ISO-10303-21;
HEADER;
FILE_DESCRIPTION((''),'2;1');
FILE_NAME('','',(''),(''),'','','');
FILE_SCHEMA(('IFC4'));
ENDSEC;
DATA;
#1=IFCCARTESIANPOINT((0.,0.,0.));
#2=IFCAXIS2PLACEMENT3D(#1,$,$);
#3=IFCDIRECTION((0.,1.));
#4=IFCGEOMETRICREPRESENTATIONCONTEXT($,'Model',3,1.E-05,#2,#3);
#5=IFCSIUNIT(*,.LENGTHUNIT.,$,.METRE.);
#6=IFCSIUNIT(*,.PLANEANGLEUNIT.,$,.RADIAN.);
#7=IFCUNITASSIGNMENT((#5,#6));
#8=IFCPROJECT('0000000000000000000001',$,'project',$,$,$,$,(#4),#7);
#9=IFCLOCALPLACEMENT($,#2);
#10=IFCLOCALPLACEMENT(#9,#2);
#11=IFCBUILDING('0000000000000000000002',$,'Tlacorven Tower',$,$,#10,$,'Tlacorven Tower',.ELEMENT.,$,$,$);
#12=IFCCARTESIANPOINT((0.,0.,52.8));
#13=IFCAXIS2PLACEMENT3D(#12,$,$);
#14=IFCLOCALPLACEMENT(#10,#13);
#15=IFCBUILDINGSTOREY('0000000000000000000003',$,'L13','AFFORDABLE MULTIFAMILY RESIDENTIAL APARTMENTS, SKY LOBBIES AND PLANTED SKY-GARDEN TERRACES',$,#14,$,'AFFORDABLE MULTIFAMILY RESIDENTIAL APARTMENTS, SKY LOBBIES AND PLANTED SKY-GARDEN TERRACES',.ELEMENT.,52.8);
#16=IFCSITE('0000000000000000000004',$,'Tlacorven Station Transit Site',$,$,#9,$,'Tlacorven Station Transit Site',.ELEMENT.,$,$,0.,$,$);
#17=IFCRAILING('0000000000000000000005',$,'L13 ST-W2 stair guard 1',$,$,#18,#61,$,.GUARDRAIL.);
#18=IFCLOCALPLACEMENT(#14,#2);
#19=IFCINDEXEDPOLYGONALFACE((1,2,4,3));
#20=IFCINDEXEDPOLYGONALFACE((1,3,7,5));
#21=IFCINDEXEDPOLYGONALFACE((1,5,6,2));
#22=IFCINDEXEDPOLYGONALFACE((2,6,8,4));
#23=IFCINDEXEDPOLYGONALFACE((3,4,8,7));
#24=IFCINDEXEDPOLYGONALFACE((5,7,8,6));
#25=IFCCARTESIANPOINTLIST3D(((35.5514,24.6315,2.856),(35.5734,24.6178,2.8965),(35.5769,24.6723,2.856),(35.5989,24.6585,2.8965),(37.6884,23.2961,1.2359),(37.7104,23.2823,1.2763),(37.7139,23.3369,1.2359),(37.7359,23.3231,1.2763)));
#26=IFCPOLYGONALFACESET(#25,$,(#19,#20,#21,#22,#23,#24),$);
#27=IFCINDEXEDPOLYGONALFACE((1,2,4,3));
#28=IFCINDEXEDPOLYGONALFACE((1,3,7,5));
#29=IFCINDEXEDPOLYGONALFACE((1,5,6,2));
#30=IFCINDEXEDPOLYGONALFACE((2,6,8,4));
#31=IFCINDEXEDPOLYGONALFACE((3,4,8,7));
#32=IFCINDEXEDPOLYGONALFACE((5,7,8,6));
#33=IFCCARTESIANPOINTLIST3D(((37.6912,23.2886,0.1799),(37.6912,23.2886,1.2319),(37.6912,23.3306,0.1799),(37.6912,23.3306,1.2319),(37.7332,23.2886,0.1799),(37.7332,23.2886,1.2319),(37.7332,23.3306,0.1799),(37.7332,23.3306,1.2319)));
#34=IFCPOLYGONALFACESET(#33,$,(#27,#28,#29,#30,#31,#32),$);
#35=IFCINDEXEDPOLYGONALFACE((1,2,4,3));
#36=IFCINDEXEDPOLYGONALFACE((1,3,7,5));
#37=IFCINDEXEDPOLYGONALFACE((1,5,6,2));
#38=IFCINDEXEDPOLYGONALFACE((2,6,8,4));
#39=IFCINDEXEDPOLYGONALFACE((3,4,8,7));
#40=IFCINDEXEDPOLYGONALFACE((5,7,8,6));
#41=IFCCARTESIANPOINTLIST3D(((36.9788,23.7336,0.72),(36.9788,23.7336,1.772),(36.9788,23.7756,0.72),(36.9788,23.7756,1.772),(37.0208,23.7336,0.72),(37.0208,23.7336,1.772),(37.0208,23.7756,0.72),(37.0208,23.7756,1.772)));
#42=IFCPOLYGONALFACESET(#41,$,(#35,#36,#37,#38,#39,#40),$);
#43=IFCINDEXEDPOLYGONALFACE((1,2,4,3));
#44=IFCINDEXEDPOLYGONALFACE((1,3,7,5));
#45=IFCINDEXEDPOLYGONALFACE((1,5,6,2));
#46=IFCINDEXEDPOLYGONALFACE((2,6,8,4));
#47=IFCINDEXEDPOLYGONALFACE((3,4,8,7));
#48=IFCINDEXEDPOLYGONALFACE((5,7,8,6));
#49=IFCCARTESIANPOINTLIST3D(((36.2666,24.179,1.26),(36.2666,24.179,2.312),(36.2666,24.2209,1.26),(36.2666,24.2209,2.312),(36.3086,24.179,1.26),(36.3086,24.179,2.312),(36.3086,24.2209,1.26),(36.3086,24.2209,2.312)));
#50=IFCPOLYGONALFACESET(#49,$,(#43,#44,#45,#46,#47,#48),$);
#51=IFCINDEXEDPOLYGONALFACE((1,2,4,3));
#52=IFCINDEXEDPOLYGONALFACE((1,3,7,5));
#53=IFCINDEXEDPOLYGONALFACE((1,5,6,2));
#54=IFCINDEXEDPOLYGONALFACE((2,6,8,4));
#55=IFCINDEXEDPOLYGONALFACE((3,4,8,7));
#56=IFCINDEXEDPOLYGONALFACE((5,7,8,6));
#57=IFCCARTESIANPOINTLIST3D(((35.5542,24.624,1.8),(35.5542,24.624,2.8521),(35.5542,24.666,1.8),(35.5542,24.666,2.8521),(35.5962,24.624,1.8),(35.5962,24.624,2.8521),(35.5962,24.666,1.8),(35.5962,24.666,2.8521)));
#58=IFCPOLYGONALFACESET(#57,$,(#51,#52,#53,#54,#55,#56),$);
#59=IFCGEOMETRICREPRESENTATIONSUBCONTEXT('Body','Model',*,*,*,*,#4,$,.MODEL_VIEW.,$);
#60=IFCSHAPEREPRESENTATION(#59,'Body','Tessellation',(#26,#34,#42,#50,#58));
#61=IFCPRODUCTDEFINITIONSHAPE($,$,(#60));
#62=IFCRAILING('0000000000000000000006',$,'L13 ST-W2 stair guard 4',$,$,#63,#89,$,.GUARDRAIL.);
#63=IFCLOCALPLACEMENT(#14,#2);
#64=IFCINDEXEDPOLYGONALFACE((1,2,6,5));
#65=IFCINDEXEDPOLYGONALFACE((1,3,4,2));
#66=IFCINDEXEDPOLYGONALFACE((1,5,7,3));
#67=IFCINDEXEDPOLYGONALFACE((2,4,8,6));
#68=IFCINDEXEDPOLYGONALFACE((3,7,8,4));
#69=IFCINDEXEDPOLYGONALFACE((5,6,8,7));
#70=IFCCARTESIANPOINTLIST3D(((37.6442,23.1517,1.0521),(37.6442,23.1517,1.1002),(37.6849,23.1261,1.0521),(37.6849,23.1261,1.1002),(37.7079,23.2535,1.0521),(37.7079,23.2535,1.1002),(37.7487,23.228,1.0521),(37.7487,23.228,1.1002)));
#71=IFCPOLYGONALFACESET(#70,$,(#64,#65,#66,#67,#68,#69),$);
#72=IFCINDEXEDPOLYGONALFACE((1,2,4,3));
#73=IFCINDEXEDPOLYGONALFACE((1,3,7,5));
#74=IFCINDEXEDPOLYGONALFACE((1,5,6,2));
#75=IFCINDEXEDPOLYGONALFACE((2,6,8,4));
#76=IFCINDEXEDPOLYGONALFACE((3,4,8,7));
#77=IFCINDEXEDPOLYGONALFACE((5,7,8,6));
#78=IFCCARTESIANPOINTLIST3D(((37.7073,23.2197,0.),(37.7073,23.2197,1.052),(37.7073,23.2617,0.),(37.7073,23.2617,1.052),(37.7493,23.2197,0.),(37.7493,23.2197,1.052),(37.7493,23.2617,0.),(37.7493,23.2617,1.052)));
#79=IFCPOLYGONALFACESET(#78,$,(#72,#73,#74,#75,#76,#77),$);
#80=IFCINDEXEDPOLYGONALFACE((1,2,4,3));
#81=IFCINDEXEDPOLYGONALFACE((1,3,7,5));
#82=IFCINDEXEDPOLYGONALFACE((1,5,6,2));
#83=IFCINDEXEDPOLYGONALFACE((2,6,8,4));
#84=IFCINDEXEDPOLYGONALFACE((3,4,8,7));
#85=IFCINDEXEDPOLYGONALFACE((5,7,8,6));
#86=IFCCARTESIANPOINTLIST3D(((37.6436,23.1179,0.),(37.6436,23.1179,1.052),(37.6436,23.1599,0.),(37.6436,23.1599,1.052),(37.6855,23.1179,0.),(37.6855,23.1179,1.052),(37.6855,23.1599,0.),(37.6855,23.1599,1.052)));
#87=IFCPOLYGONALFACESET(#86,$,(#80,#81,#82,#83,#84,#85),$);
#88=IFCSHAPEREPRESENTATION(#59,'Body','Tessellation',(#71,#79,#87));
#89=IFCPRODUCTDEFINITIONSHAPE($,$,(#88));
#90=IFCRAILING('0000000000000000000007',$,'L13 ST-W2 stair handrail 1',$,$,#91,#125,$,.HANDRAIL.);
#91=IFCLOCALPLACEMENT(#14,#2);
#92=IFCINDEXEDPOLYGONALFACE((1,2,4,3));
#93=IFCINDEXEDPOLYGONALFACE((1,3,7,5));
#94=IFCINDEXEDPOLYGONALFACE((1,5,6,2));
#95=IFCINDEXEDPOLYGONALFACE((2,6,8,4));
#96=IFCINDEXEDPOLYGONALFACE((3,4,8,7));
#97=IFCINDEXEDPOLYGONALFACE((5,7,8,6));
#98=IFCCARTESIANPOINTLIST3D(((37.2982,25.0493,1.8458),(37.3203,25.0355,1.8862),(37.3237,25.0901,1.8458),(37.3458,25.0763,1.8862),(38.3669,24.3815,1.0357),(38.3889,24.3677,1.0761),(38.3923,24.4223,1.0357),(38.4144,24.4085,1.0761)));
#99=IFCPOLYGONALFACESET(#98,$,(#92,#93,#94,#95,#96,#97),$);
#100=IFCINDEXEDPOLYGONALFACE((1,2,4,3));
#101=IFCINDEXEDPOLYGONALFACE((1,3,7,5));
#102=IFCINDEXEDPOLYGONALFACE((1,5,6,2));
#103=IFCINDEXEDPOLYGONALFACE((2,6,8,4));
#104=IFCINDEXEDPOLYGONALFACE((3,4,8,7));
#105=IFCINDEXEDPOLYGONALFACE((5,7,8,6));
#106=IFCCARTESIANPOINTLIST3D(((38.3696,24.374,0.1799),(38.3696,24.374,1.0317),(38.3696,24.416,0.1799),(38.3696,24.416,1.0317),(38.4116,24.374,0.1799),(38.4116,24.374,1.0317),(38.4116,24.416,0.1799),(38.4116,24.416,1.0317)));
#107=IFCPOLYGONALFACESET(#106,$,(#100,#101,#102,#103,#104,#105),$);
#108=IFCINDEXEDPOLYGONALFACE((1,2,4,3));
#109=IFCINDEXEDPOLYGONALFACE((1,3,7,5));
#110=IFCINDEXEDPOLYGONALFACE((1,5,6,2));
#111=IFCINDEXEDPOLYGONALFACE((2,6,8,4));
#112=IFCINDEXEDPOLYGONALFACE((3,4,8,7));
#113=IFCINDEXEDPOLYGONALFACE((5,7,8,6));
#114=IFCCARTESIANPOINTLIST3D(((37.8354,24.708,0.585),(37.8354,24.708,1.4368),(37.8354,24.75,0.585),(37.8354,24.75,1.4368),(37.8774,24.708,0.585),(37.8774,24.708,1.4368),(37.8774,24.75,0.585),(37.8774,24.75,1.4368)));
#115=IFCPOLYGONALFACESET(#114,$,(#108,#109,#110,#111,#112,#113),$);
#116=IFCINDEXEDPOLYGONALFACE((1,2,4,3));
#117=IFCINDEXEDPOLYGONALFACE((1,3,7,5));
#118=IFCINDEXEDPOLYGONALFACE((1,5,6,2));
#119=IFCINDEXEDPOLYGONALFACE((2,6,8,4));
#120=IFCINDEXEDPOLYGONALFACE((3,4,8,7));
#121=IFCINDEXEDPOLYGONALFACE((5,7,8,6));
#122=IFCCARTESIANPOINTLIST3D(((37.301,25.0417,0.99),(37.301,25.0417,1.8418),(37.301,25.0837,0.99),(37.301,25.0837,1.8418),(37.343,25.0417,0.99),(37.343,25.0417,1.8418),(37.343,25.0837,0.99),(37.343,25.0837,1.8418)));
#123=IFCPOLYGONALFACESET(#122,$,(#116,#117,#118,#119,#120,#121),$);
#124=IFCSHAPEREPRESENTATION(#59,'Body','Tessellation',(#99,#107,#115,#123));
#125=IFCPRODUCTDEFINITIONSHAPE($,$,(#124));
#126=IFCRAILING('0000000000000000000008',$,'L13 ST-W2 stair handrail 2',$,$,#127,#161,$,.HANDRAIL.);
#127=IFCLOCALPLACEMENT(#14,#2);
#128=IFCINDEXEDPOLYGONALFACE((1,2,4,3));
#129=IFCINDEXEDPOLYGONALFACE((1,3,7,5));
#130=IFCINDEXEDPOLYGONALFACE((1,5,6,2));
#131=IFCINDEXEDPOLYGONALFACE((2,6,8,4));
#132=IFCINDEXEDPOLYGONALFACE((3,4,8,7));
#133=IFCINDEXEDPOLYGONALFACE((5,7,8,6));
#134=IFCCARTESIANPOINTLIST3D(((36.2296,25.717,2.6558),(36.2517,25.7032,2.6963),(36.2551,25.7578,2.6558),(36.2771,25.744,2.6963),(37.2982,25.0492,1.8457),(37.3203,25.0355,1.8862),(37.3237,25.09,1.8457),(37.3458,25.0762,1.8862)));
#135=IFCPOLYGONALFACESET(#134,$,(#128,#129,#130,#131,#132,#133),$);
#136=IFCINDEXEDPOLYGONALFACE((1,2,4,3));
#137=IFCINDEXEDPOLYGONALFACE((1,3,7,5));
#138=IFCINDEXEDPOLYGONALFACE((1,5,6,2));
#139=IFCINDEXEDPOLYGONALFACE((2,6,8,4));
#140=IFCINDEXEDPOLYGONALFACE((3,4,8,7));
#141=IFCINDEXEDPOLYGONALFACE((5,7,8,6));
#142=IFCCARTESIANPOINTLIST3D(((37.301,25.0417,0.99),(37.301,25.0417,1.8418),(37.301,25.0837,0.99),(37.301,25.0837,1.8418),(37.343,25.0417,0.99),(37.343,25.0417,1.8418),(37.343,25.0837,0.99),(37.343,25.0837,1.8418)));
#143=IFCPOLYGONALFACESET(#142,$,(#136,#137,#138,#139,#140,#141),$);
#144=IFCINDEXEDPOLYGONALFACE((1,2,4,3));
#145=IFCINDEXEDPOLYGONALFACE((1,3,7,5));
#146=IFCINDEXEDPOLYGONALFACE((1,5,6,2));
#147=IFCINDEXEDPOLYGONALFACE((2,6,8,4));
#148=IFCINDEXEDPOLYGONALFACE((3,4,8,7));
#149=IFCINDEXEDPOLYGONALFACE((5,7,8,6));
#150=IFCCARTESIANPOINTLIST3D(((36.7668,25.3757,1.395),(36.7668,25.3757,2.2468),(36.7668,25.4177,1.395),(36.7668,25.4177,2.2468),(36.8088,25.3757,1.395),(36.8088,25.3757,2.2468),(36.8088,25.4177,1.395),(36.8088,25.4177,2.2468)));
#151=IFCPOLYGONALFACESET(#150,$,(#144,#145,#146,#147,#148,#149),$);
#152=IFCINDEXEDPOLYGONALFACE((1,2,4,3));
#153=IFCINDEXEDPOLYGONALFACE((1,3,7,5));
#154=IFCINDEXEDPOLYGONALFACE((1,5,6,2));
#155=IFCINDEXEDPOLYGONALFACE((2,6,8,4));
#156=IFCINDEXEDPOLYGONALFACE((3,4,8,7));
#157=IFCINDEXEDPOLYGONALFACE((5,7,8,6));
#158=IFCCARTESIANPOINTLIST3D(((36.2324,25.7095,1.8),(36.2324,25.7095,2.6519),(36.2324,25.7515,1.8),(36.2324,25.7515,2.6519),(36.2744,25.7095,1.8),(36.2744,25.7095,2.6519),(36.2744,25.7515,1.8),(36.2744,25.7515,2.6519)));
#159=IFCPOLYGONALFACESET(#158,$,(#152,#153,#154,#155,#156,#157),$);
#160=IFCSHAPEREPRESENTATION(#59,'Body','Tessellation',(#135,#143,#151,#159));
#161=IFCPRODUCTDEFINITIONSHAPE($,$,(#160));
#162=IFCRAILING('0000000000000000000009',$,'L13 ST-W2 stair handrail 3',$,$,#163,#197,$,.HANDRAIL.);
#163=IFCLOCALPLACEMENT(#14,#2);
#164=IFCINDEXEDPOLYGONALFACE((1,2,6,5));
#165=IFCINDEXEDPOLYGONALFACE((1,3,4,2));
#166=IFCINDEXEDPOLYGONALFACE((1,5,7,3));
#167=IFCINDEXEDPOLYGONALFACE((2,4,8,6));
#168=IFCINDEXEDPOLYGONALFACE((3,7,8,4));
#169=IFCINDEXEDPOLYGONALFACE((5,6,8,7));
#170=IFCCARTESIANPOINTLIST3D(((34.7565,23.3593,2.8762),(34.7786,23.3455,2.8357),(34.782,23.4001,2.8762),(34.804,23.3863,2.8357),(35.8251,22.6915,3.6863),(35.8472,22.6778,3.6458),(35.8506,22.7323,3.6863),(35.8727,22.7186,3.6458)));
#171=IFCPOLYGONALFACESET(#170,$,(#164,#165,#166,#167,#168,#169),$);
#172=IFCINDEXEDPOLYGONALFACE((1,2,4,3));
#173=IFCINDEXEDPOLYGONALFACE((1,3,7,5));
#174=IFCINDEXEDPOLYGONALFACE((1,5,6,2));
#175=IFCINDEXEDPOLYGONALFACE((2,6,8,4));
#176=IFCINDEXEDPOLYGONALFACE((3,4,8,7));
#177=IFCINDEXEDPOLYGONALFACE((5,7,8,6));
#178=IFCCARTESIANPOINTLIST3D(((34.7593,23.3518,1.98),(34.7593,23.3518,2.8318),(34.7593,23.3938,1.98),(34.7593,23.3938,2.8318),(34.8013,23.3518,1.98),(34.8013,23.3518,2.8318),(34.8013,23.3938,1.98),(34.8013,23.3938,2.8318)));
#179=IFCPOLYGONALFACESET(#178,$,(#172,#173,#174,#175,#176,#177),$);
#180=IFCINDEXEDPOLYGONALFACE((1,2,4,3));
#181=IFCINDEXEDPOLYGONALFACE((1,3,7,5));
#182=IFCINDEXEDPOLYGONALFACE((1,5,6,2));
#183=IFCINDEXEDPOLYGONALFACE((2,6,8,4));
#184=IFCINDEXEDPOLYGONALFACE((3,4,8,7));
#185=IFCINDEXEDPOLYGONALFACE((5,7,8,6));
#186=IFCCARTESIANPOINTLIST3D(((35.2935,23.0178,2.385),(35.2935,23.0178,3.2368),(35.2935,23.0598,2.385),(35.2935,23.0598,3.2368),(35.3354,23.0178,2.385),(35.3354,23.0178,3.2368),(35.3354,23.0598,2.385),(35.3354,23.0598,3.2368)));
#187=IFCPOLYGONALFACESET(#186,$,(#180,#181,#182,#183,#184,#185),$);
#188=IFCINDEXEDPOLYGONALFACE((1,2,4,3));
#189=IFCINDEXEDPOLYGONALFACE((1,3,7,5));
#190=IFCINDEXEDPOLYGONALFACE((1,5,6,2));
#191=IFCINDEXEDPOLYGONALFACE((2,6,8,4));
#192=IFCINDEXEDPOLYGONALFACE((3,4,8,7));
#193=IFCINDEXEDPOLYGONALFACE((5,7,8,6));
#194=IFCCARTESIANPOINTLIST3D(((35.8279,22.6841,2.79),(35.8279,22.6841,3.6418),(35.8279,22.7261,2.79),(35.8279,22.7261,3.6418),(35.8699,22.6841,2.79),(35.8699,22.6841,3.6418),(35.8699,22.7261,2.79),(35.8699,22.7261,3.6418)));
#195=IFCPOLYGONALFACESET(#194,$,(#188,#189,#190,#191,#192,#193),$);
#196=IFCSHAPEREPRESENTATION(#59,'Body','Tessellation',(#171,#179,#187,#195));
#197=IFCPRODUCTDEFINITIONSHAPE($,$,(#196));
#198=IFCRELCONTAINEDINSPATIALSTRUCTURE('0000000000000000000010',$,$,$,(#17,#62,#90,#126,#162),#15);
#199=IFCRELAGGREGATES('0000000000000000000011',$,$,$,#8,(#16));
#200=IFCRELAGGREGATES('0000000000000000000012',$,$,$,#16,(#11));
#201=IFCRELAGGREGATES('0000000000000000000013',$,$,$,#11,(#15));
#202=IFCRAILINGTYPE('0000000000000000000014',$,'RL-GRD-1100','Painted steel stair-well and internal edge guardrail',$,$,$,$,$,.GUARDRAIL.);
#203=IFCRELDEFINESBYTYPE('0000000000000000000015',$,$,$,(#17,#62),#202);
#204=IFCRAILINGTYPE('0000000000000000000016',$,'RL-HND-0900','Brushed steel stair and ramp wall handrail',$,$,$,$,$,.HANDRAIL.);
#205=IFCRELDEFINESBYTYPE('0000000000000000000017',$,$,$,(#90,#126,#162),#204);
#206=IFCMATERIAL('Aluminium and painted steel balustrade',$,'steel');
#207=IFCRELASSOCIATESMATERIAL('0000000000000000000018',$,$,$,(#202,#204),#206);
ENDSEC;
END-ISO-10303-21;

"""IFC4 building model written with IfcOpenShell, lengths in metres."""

from ifc_helpers import new_model, si_unit, direction, frame, origin, origin_2d, place, context, subcontext, project, spatial, rectangle, extrude, source, transform, mapped, material, type_object, element, save


model = new_model("IFC4")

# Units and contexts
model_context = context("Model", 3, precision=1e-05, world=origin(), true_north=direction((0.0, 1.0)))
body_context = subcontext(model_context, "Body", "Model", "MODEL_VIEW")
ifc_project = project(units=[si_unit("LENGTHUNIT", "METRE"), si_unit("PLANEANGLEUNIT", "RADIAN")], contexts=[model_context])

# Site, building, storey
site_placement = place(None, origin())
site = spatial("IfcSite", under=ifc_project, at=site_placement, Name="Tlacorven Station Transit Site", LongName="Tlacorven Station Transit Site", CompositionType="ELEMENT", RefElevation=0.0)
building_placement = place(site_placement, origin())
building = spatial("IfcBuilding", under=site, at=building_placement, Name="Tlacorven Tower", LongName="Tlacorven Tower", CompositionType="ELEMENT")
storey_placement = place(building_placement, frame((0.0, 0.0, 52.8)))
storey = spatial("IfcBuildingStorey", under=building, at=storey_placement, Name="L13", Description="AFFORDABLE MULTIFAMILY RESIDENTIAL APARTMENTS, SKY LOBBIES AND PLANTED SKY-GARDEN TERRACES", LongName="AFFORDABLE MULTIFAMILY RESIDENTIAL APARTMENTS, SKY LOBBIES AND PLANTED SKY-GARDEN TERRACES", CompositionType="ELEMENT", Elevation=52.8)

# Railings
ifc_material_1 = material(Name="Aluminium and painted steel balustrade", Category="steel")
railing_type_1 = type_object("IfcRailingType", Name="RL-GRD-1100", Description="Painted steel stair-well and internal edge guardrail", PredefinedType="GUARDRAIL", material=ifc_material_1)
shared_shape_1 = source(origin(), body_context, "Body", "SweptSolid", [
    extrude(rectangle(XDim=0.0481, YDim=0.0481, at=origin_2d()), frame((0.0, 0.0, 1.0762), z_axis=(-0.71332, 0.445774, 0.540796), x_axis=(-0.529955, -0.848026, 0.0)), (0.0, 0.0, 1.0), 2.9958),
    extrude(rectangle(XDim=0.042, YDim=0.042, at=origin_2d()), origin(), (0.0, 0.0, 1.0), 1.052),
    extrude(rectangle(XDim=0.042, YDim=0.042, at=origin_2d()), frame((-0.7124, 0.4451, 0.54)), (0.0, 0.0, 1.0), 1.052),
    extrude(rectangle(XDim=0.042, YDim=0.042, at=origin_2d()), frame((-1.4246, 0.8904, 1.0801)), (0.0, 0.0, 1.0), 1.052),
    extrude(rectangle(XDim=0.042, YDim=0.042, at=origin_2d()), frame((-2.137, 1.3354, 1.6201)), (0.0, 0.0, 1.0), 1.052),
])
railing_1_placement = place(storey_placement, frame((37.7122, 23.3096, 0.1799)))
element("IfcRailing", 1, at=railing_1_placement, inside=storey, type_object=railing_type_1, Name="L13 ST-W2 stair guard 1", PredefinedType="GUARDRAIL", context=body_context, shape_type="MappedRepresentation", body=[
    mapped(shared_shape_1, transform((0.0, 0.0, 0.0), scale=1.0)),
])
shared_shape_2 = source(origin(), body_context, "Body", "SweptSolid", [
    extrude(rectangle(XDim=0.0481, YDim=0.0481, at=origin_2d()), frame((0.0, 0.0, 1.0762), z_axis=(-0.530547, -0.847656, 0.0), x_axis=(0.847656, -0.530547, 0.0)), (0.0, 0.0, 1.0), 0.1201),
    extrude(rectangle(XDim=0.042, YDim=0.042, at=origin_2d()), origin(), (0.0, 0.0, 1.0), 1.052),
    extrude(rectangle(XDim=0.042, YDim=0.042, at=origin_2d()), frame((-0.0637, -0.1018, 0.0)), (0.0, 0.0, 1.0), 1.052),
])
railing_2_placement = place(storey_placement, frame((37.7283, 23.2407, 0.0)))
element("IfcRailing", 2, at=railing_2_placement, inside=storey, type_object=railing_type_1, Name="L13 ST-W2 stair guard 4", PredefinedType="GUARDRAIL", context=body_context, shape_type="MappedRepresentation", body=[
    mapped(shared_shape_2, transform((0.0, 0.0, 0.0), scale=1.0)),
])
railing_type_2 = type_object("IfcRailingType", Name="RL-HND-0900", Description="Brushed steel stair and ramp wall handrail", PredefinedType="HANDRAIL", material=ifc_material_1)
shared_shape_3 = source(origin(), body_context, "Body", "SweptSolid", [
    extrude(rectangle(XDim=0.0481, YDim=0.0481, at=origin_2d()), frame((0.0, 0.0, 0.876), z_axis=(-0.71336, 0.445748, 0.540765), x_axis=(-0.529912, -0.848053, 0.0)), (0.0, 0.0, 1.0), 1.498),
    extrude(rectangle(XDim=0.042, YDim=0.042, at=origin_2d()), origin(), (0.0, 0.0, 1.0), 0.8518),
    extrude(rectangle(XDim=0.042, YDim=0.042, at=origin_2d()), frame((-0.5342, 0.334, 0.405)), (0.0, 0.0, 1.0), 0.8518),
    extrude(rectangle(XDim=0.042, YDim=0.042, at=origin_2d()), frame((-1.0686, 0.6677, 0.8101)), (0.0, 0.0, 1.0), 0.8518),
])
for number, where, name in (
    (3, (38.3906, 24.395, 0.1799), "L13 ST-W2 stair handrail 1"),
    (4, (37.322, 25.0627, 0.99), "L13 ST-W2 stair handrail 2"),
):
    element("IfcRailing", number, at=place(storey_placement, frame(where)), inside=storey, type_object=railing_type_2, Name=name, PredefinedType="HANDRAIL", context=body_context, shape_type="MappedRepresentation", body=[
        mapped(shared_shape_3, transform((0.0, 0.0, 0.0), scale=1.0)),
    ])
shared_shape_4 = source(origin(), body_context, "Body", "SweptSolid", [
    extrude(rectangle(XDim=0.0481, YDim=0.0481, at=origin_2d()), frame((0.0, 0.0, 0.876), z_axis=(0.71336, -0.445748, 0.540765), x_axis=(0.529912, 0.848053, 0.0)), (0.0, 0.0, 1.0), 1.498),
    extrude(rectangle(XDim=0.042, YDim=0.042, at=origin_2d()), origin(), (0.0, 0.0, 1.0), 0.8518),
    extrude(rectangle(XDim=0.042, YDim=0.042, at=origin_2d()), frame((0.5342, -0.334, 0.405)), (0.0, 0.0, 1.0), 0.8518),
    extrude(rectangle(XDim=0.042, YDim=0.042, at=origin_2d()), frame((1.0686, -0.6677, 0.8101)), (0.0, 0.0, 1.0), 0.8518),
])
railing_3_placement = place(storey_placement, frame((34.7803, 23.3728, 1.98)))
element("IfcRailing", 5, at=railing_3_placement, inside=storey, type_object=railing_type_2, Name="L13 ST-W2 stair handrail 3", PredefinedType="HANDRAIL", context=body_context, shape_type="MappedRepresentation", body=[
    mapped(shared_shape_4, transform((0.0, 0.0, 0.0), scale=1.0)),
])

save(model, "model.ifc")
